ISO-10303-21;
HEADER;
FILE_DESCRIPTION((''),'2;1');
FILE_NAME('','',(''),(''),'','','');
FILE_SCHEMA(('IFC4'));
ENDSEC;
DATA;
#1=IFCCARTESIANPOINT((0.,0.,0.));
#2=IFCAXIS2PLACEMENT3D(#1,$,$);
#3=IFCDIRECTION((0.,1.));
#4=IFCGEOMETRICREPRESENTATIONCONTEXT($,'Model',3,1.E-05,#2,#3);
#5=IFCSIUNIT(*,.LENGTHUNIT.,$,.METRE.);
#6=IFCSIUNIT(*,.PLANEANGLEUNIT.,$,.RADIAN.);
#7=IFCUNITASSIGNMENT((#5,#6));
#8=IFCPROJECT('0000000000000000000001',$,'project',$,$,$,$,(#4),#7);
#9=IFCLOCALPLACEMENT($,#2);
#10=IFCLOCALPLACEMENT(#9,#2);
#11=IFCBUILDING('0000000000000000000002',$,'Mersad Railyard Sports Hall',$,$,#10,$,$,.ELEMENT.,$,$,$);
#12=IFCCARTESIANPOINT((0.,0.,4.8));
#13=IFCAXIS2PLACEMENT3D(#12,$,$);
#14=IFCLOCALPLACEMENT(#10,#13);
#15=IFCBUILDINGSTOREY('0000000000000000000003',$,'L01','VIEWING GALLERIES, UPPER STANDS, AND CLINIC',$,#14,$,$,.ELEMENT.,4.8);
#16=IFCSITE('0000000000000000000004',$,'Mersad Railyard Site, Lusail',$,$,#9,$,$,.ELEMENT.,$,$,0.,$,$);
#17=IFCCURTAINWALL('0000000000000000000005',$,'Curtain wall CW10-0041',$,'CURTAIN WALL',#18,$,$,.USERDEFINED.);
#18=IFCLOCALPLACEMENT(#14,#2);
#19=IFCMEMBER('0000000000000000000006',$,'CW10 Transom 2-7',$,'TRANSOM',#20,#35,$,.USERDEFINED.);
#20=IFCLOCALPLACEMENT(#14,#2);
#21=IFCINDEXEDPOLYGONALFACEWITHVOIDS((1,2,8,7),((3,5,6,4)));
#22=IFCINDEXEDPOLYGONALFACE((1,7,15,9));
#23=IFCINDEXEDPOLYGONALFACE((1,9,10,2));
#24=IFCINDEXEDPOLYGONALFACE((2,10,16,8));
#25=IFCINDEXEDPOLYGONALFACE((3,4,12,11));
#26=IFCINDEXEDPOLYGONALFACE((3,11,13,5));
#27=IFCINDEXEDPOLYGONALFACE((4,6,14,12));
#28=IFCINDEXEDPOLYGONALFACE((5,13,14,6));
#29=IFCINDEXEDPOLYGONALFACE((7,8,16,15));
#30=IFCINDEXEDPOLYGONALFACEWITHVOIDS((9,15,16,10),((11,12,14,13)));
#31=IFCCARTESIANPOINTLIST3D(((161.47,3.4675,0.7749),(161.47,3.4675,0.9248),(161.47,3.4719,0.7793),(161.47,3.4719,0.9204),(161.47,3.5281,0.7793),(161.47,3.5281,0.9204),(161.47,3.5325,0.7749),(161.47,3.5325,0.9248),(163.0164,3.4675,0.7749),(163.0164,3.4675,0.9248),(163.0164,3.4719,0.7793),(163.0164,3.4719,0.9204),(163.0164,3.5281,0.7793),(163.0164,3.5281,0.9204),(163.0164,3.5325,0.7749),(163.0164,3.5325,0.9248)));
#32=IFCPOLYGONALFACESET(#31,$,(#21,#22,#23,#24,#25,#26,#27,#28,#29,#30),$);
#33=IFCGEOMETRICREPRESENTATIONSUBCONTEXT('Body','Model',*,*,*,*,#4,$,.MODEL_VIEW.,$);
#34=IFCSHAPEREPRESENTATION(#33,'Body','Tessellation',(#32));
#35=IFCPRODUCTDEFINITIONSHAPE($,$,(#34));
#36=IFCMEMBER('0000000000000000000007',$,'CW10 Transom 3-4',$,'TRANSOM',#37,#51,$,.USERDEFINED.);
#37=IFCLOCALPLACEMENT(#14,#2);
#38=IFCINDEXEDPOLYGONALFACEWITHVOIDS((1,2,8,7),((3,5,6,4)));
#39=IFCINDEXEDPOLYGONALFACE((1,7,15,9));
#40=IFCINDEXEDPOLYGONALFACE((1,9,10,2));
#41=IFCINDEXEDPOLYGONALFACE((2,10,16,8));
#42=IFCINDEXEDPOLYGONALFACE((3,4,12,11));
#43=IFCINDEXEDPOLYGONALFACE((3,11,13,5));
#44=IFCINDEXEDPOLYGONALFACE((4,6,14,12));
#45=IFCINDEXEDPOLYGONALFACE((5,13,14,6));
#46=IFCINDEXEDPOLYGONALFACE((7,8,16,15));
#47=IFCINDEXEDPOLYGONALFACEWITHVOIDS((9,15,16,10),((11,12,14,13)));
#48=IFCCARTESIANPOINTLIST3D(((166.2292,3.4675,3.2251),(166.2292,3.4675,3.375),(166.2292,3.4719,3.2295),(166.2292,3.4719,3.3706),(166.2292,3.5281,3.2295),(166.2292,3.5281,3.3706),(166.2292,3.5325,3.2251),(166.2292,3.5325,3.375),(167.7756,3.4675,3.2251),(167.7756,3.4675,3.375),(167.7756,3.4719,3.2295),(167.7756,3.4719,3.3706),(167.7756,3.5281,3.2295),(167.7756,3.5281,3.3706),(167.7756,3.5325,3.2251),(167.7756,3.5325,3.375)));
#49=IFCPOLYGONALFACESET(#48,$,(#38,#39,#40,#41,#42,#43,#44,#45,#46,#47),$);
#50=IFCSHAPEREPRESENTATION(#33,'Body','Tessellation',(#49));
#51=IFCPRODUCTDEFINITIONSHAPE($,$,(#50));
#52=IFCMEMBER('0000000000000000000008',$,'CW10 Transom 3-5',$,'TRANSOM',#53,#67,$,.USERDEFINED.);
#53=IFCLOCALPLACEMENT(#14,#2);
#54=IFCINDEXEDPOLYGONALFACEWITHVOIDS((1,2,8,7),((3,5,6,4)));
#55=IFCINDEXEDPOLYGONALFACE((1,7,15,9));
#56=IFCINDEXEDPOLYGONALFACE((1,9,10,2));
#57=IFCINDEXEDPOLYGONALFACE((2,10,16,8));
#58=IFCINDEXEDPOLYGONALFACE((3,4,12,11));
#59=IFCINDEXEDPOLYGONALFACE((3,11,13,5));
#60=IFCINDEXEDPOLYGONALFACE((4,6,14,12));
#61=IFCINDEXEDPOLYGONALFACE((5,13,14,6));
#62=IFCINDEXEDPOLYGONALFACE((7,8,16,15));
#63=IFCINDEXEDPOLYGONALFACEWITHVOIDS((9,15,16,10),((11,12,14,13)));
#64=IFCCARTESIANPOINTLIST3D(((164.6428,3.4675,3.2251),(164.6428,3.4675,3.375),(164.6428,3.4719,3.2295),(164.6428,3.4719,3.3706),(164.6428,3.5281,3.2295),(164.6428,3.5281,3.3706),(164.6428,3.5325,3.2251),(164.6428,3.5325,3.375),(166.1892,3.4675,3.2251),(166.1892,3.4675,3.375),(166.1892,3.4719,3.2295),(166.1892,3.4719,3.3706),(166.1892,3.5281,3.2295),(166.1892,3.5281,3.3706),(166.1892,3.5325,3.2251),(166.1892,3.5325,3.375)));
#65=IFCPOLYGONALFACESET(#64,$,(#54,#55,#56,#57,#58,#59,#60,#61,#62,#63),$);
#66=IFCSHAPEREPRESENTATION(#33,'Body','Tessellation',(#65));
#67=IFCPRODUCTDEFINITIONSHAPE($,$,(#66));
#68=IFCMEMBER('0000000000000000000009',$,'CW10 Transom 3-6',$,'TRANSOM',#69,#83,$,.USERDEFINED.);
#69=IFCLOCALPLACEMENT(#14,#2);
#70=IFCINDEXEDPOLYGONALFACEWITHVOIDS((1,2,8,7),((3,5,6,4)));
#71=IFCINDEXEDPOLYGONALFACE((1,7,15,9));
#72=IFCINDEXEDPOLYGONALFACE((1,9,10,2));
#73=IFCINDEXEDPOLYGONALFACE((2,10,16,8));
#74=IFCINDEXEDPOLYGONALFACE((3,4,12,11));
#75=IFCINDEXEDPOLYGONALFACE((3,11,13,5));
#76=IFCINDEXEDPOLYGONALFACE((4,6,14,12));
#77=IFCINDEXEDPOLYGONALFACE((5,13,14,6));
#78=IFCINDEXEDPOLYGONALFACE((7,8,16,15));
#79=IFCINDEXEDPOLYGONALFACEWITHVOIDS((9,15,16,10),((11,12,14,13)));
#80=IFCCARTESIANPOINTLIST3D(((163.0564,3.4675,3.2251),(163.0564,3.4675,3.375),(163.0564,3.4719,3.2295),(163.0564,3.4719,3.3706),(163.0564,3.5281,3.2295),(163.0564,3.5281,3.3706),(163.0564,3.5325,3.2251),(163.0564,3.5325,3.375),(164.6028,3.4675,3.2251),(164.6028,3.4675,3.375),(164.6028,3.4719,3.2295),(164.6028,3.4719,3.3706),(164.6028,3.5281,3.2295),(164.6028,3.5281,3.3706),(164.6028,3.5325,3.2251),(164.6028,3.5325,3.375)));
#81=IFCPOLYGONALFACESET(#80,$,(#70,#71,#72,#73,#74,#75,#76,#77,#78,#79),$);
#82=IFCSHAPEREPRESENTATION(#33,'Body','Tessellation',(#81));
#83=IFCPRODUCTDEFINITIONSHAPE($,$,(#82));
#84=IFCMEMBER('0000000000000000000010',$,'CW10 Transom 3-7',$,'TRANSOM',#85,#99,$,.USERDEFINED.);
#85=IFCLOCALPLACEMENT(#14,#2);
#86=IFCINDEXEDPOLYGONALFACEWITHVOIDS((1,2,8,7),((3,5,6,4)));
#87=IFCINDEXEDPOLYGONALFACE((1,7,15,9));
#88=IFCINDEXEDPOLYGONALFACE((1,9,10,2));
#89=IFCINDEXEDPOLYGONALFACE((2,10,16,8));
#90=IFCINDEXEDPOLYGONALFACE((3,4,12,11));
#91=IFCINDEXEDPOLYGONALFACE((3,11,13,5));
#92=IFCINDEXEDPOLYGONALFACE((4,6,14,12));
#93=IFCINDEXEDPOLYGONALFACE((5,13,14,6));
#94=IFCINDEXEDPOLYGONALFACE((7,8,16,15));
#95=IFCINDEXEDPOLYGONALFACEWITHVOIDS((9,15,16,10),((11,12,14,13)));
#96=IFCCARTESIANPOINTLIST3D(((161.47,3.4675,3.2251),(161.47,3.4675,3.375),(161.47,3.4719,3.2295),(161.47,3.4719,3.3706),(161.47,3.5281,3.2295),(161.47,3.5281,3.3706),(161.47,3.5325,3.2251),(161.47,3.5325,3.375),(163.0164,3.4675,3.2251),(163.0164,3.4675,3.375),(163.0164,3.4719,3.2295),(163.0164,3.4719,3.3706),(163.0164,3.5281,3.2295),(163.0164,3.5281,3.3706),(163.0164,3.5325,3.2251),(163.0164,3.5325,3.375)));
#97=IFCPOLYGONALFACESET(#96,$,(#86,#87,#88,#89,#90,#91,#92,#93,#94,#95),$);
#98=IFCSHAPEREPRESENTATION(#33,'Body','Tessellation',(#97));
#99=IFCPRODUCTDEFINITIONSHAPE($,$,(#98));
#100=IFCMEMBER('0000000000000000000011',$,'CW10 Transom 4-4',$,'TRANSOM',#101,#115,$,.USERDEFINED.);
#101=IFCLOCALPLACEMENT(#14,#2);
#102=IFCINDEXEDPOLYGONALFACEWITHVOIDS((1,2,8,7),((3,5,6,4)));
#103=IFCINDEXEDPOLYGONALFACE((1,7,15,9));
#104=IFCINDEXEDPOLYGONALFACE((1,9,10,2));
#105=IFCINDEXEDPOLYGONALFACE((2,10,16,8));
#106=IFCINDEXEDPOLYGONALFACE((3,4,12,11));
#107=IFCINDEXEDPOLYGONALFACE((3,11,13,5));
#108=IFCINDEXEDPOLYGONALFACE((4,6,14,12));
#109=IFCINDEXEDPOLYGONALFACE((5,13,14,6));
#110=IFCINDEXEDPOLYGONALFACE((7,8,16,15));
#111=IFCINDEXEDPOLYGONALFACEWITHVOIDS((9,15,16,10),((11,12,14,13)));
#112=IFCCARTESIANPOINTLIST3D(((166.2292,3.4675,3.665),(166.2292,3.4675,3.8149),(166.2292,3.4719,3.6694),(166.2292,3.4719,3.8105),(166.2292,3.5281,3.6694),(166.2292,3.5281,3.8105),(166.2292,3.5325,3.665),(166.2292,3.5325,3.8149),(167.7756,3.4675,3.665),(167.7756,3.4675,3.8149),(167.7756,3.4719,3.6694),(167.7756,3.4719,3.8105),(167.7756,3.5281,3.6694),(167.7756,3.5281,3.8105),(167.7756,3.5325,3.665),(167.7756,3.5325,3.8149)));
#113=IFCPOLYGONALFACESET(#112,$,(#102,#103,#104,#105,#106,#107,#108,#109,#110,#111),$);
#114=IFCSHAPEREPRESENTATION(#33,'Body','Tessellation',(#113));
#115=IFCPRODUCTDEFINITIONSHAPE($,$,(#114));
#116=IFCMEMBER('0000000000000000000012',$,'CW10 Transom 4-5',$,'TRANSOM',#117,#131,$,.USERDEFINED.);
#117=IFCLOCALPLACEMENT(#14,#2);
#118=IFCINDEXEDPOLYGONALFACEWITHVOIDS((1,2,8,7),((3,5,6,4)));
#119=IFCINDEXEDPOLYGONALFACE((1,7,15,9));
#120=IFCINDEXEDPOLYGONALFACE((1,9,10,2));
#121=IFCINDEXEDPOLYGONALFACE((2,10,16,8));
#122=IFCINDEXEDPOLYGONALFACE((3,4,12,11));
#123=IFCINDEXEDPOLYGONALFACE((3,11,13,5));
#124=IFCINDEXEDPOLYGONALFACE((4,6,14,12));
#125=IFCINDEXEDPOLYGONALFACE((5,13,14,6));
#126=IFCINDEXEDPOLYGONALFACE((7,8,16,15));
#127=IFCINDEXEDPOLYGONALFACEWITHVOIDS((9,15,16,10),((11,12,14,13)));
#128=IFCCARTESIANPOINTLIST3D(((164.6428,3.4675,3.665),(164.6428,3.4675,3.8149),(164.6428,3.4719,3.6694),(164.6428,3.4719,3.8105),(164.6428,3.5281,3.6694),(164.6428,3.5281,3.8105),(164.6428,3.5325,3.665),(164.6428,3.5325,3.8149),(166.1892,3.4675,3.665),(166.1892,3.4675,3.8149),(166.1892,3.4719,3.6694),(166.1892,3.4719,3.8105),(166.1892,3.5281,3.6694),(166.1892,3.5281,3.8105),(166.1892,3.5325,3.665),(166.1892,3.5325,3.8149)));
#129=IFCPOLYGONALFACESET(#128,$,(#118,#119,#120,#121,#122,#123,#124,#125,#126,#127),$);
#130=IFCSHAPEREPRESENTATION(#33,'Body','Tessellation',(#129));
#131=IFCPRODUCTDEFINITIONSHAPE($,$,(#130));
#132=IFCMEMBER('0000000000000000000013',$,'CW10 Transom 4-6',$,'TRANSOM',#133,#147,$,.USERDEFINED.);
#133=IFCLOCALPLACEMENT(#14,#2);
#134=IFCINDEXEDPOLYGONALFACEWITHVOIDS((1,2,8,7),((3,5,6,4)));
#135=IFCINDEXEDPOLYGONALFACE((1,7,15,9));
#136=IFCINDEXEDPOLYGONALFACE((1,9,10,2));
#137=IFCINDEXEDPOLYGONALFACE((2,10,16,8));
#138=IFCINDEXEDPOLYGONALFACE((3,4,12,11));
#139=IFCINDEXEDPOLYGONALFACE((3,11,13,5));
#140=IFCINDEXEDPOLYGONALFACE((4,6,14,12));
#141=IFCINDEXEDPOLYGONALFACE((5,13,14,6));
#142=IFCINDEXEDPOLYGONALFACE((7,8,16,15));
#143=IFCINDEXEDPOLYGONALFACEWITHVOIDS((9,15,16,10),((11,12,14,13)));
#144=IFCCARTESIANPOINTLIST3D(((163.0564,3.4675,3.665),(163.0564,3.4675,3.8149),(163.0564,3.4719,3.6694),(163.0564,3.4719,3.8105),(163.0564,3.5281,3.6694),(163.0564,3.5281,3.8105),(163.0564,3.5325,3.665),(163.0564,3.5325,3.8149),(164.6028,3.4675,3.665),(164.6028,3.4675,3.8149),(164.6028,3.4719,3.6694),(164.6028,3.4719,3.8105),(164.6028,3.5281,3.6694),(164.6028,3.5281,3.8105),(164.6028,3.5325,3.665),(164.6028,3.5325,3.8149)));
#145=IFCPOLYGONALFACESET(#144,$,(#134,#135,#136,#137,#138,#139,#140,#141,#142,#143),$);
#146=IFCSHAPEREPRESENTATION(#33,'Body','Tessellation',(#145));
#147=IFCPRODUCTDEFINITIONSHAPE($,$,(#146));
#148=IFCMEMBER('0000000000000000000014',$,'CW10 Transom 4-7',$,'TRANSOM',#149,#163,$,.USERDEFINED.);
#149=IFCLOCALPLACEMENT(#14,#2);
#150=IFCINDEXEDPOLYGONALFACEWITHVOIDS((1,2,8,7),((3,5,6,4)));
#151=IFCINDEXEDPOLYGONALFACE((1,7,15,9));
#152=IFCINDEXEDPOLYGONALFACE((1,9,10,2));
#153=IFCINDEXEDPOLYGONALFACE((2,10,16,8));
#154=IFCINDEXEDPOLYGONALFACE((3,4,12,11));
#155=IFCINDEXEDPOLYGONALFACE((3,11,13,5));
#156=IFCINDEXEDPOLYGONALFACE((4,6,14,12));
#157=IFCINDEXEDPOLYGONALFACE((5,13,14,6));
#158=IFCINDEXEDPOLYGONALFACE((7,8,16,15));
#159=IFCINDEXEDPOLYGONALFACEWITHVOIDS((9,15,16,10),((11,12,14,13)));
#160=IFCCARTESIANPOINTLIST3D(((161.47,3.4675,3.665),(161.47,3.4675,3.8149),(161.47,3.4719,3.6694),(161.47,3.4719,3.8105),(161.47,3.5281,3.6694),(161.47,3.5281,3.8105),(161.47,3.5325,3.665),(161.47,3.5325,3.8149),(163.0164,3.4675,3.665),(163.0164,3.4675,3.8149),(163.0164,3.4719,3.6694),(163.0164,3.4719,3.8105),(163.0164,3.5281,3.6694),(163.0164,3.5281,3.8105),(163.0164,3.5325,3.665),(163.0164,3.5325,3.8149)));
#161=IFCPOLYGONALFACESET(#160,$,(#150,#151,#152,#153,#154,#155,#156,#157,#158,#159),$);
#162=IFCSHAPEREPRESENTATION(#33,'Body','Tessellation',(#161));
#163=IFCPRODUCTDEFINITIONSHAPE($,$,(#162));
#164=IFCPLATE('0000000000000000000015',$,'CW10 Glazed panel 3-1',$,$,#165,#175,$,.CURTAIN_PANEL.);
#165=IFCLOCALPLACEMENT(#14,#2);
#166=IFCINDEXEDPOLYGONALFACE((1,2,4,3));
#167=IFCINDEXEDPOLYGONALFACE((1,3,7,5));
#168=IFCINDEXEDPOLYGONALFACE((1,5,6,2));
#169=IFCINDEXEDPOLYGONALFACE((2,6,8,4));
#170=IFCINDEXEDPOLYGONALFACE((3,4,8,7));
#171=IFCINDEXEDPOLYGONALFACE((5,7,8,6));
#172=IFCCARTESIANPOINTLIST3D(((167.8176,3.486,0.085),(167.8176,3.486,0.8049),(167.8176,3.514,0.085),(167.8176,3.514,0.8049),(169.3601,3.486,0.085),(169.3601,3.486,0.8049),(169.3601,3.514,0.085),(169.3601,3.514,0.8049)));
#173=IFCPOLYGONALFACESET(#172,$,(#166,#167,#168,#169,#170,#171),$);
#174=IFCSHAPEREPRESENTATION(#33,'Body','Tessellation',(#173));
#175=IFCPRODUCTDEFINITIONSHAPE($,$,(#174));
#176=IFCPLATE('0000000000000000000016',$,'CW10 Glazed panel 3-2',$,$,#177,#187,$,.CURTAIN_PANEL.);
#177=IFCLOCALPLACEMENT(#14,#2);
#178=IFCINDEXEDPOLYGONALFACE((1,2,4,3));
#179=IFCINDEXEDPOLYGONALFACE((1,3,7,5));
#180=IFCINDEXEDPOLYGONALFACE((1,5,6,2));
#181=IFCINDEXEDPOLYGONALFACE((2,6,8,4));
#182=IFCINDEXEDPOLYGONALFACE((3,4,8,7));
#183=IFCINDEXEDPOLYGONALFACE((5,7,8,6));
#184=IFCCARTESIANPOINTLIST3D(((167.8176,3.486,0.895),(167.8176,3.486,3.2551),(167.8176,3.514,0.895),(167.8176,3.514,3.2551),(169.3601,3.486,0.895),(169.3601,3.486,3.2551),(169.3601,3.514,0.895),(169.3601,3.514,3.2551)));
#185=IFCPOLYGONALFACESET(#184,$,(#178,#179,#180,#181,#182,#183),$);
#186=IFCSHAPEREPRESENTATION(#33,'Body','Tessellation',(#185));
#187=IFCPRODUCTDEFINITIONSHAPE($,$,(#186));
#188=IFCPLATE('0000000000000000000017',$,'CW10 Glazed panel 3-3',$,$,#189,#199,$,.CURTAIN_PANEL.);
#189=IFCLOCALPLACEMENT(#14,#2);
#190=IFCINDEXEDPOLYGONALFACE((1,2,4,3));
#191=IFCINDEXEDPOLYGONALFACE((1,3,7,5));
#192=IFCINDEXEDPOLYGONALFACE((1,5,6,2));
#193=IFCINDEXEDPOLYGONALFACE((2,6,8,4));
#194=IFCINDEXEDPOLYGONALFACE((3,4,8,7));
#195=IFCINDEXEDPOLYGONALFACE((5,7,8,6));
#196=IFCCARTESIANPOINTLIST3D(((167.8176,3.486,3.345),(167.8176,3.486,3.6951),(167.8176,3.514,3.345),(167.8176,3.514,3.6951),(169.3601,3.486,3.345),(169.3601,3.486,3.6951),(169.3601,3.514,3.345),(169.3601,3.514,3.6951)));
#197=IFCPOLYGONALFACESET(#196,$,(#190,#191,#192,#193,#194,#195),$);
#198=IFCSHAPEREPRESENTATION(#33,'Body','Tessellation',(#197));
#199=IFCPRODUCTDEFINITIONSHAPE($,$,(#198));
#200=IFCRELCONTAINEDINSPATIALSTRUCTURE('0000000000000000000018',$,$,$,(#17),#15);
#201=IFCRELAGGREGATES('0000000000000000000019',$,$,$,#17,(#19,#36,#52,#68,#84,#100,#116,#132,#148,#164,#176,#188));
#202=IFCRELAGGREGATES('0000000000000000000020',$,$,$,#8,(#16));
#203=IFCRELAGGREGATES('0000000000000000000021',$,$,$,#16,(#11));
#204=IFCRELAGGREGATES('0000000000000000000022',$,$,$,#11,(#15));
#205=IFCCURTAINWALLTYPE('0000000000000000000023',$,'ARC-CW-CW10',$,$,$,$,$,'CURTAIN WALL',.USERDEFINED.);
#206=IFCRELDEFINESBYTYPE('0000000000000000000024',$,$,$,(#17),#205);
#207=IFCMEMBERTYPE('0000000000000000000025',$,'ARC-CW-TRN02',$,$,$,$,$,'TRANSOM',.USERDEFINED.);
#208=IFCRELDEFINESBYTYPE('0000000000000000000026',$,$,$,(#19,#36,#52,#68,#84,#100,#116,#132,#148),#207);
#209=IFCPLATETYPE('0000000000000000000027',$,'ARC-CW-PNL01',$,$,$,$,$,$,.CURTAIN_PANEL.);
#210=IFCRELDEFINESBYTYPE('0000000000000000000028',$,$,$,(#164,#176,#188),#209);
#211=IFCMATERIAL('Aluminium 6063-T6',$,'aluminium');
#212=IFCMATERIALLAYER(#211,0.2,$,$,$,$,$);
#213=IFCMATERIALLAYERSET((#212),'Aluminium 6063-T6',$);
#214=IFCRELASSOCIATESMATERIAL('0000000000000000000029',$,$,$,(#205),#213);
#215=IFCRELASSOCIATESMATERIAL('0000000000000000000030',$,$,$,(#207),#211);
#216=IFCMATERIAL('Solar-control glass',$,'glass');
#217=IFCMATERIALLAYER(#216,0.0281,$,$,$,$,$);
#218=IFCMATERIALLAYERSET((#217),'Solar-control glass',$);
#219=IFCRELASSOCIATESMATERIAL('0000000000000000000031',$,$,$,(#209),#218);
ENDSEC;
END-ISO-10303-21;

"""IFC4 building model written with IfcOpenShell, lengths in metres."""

from ifc_helpers import new_model, si_unit, direction, frame, origin, origin_2d, place, context, subcontext, project, spatial, rectangle, hollow_rectangle, extrude, material, layer, layer_set, material_profile, profile_set, type_object, element, aggregate, save


model = new_model("IFC4")

# Units and contexts
model_context = context("Model", 3, precision=1e-05, world=origin(), true_north=direction((0.0, 1.0)))
body_context = subcontext(model_context, "Body", "Model", "MODEL_VIEW")
ifc_project = project(units=[si_unit("LENGTHUNIT", "METRE"), si_unit("PLANEANGLEUNIT", "RADIAN")], contexts=[model_context])

# Site, building, storey
site_placement = place(None, origin())
site = spatial("IfcSite", under=ifc_project, at=site_placement, Name="Mersad Railyard Site, Lusail", CompositionType="ELEMENT", RefElevation=0.0)
building_placement = place(site_placement, origin())
building = spatial("IfcBuilding", under=site, at=building_placement, Name="Mersad Railyard Sports Hall", CompositionType="ELEMENT")
storey_placement = place(building_placement, frame((0.0, 0.0, 4.8)))
storey = spatial("IfcBuildingStorey", under=building, at=storey_placement, Name="L01", Description="VIEWING GALLERIES, UPPER STANDS, AND CLINIC", CompositionType="ELEMENT", Elevation=4.8)

# Curtain wall, members, plates
ifc_material_1 = material(Name="Aluminium 6063-T6", Category="aluminium")
ifc_layer_1 = layer(ifc_material_1, 0.2)
ifc_layer_set_1 = layer_set([ifc_layer_1], Name="Aluminium 6063-T6")
curtain_wall_type = type_object("IfcCurtainWallType", Name="ARC-CW-CW10", ElementType="CURTAIN WALL", PredefinedType="USERDEFINED", material=ifc_layer_set_1)
curtain_wall_placement = place(storey_placement, origin())
curtain_wall = element("IfcCurtainWall", 1, at=curtain_wall_placement, inside=storey, type_object=curtain_wall_type, Name="Curtain wall CW10-0041", ObjectType="CURTAIN WALL", PredefinedType="USERDEFINED")
ifc_material_profile_1 = material_profile(ifc_material_1, hollow_rectangle(XDim=0.0649, YDim=0.1499, WallThickness=0.0044, at=origin_2d()), Name="AL TRANSOM 65x150x4.5")
ifc_profile_set_1 = profile_set([ifc_material_profile_1], Name="Aluminium 6063-T6")
member_type_1 = type_object("IfcMemberType", Name="ARC-CW-TRN02", ElementType="TRANSOM", PredefinedType="USERDEFINED", material=ifc_profile_set_1)
member_1_placement = place(storey_placement, frame((163.0164, 3.5, 0.8499), z_axis=(-1.0, 0.0, 0.0), x_axis=(0.0, -1.0, 0.0)))
member_1 = element("IfcMember", 2, at=member_1_placement, type_object=member_type_1, Name="CW10 Transom 2-7", ObjectType="TRANSOM", PredefinedType="USERDEFINED", context=body_context, shape_type="SweptSolid", body=[
    extrude(hollow_rectangle(XDim=0.0649, YDim=0.1499, WallThickness=0.0044, at=origin_2d()), origin(), (0.0, 0.0, 1.0), 1.5464),
])
member_2_placement = place(storey_placement, frame((167.7756, 3.5, 3.3), z_axis=(-1.0, 0.0, 0.0), x_axis=(0.0, -1.0, 0.0)))
member_2 = element("IfcMember", 3, at=member_2_placement, type_object=member_type_1, Name="CW10 Transom 3-4", ObjectType="TRANSOM", PredefinedType="USERDEFINED", context=body_context, shape_type="SweptSolid", body=[
    extrude(hollow_rectangle(XDim=0.0649, YDim=0.1499, WallThickness=0.0044, at=origin_2d()), origin(), (0.0, 0.0, 1.0), 1.5464),
])
member_3_placement = place(storey_placement, frame((166.1892, 3.5, 3.3), z_axis=(-1.0, 0.0, 0.0), x_axis=(0.0, -1.0, 0.0)))
member_3 = element("IfcMember", 4, at=member_3_placement, type_object=member_type_1, Name="CW10 Transom 3-5", ObjectType="TRANSOM", PredefinedType="USERDEFINED", context=body_context, shape_type="SweptSolid", body=[
    extrude(hollow_rectangle(XDim=0.0649, YDim=0.1499, WallThickness=0.0044, at=origin_2d()), origin(), (0.0, 0.0, 1.0), 1.5464),
])
member_4_placement = place(storey_placement, frame((164.6028, 3.5, 3.3), z_axis=(-1.0, 0.0, 0.0), x_axis=(0.0, -1.0, 0.0)))
member_4 = element("IfcMember", 5, at=member_4_placement, type_object=member_type_1, Name="CW10 Transom 3-6", ObjectType="TRANSOM", PredefinedType="USERDEFINED", context=body_context, shape_type="SweptSolid", body=[
    extrude(hollow_rectangle(XDim=0.0649, YDim=0.1499, WallThickness=0.0044, at=origin_2d()), origin(), (0.0, 0.0, 1.0), 1.5464),
])
member_5_placement = place(storey_placement, frame((163.0164, 3.5, 3.3), z_axis=(-1.0, 0.0, 0.0), x_axis=(0.0, -1.0, 0.0)))
member_5 = element("IfcMember", 6, at=member_5_placement, type_object=member_type_1, Name="CW10 Transom 3-7", ObjectType="TRANSOM", PredefinedType="USERDEFINED", context=body_context, shape_type="SweptSolid", body=[
    extrude(hollow_rectangle(XDim=0.0649, YDim=0.1499, WallThickness=0.0044, at=origin_2d()), origin(), (0.0, 0.0, 1.0), 1.5464),
])
member_6_placement = place(storey_placement, frame((167.7756, 3.5, 3.74), z_axis=(-1.0, 0.0, 0.0), x_axis=(0.0, -1.0, 0.0)))
member_6 = element("IfcMember", 7, at=member_6_placement, type_object=member_type_1, Name="CW10 Transom 4-4", ObjectType="TRANSOM", PredefinedType="USERDEFINED", context=body_context, shape_type="SweptSolid", body=[
    extrude(hollow_rectangle(XDim=0.0649, YDim=0.1499, WallThickness=0.0044, at=origin_2d()), origin(), (0.0, 0.0, 1.0), 1.5464),
])
member_7_placement = place(storey_placement, frame((166.1892, 3.5, 3.74), z_axis=(-1.0, 0.0, 0.0), x_axis=(0.0, -1.0, 0.0)))
member_7 = element("IfcMember", 8, at=member_7_placement, type_object=member_type_1, Name="CW10 Transom 4-5", ObjectType="TRANSOM", PredefinedType="USERDEFINED", context=body_context, shape_type="SweptSolid", body=[
    extrude(hollow_rectangle(XDim=0.0649, YDim=0.1499, WallThickness=0.0044, at=origin_2d()), origin(), (0.0, 0.0, 1.0), 1.5464),
])
member_8_placement = place(storey_placement, frame((164.6028, 3.5, 3.74), z_axis=(-1.0, 0.0, 0.0), x_axis=(0.0, -1.0, 0.0)))
member_8 = element("IfcMember", 9, at=member_8_placement, type_object=member_type_1, Name="CW10 Transom 4-6", ObjectType="TRANSOM", PredefinedType="USERDEFINED", context=body_context, shape_type="SweptSolid", body=[
    extrude(hollow_rectangle(XDim=0.0649, YDim=0.1499, WallThickness=0.0044, at=origin_2d()), origin(), (0.0, 0.0, 1.0), 1.5464),
])
member_9_placement = place(storey_placement, frame((163.0164, 3.5, 3.74), z_axis=(-1.0, 0.0, 0.0), x_axis=(0.0, -1.0, 0.0)))
member_9 = element("IfcMember", 10, at=member_9_placement, type_object=member_type_1, Name="CW10 Transom 4-7", ObjectType="TRANSOM", PredefinedType="USERDEFINED", context=body_context, shape_type="SweptSolid", body=[
    extrude(hollow_rectangle(XDim=0.0649, YDim=0.1499, WallThickness=0.0044, at=origin_2d()), origin(), (0.0, 0.0, 1.0), 1.5464),
])
ifc_material_2 = material(Name="Solar-control glass", Category="glass")
ifc_layer_2 = layer(ifc_material_2, 0.0281)
ifc_layer_set_2 = layer_set([ifc_layer_2], Name="Solar-control glass")
plate_type = type_object("IfcPlateType", Name="ARC-CW-PNL01", PredefinedType="CURTAIN_PANEL", material=ifc_layer_set_2)
plate_1_placement = place(storey_placement, frame((168.5889, 3.5, 0.085), z_axis=(0.0, 0.0, 1.0), x_axis=(-1.0, 0.0, 0.0)))
plate_1 = element("IfcPlate", 11, at=plate_1_placement, type_object=plate_type, Name="CW10 Glazed panel 3-1", PredefinedType="CURTAIN_PANEL", context=body_context, shape_type="SweptSolid", body=[
    extrude(rectangle(XDim=1.5425, YDim=0.0281, at=origin_2d()), origin(), (0.0, 0.0, 1.0), 0.72),
])
plate_2_placement = place(storey_placement, frame((168.5889, 3.5, 0.895), z_axis=(0.0, 0.0, 1.0), x_axis=(-1.0, 0.0, 0.0)))
plate_2 = element("IfcPlate", 12, at=plate_2_placement, type_object=plate_type, Name="CW10 Glazed panel 3-2", PredefinedType="CURTAIN_PANEL", context=body_context, shape_type="SweptSolid", body=[
    extrude(rectangle(XDim=1.5425, YDim=0.0281, at=origin_2d()), origin(), (0.0, 0.0, 1.0), 2.3601),
])
plate_3_placement = place(storey_placement, frame((168.5889, 3.5, 3.345), z_axis=(0.0, 0.0, 1.0), x_axis=(-1.0, 0.0, 0.0)))
plate_3 = element("IfcPlate", 13, at=plate_3_placement, type_object=plate_type, Name="CW10 Glazed panel 3-3", PredefinedType="CURTAIN_PANEL", context=body_context, shape_type="SweptSolid", body=[
    extrude(rectangle(XDim=1.5425, YDim=0.0281, at=origin_2d()), origin(), (0.0, 0.0, 1.0), 0.3501),
])
aggregate(curtain_wall, [member_1, member_2, member_3, member_4, member_5, member_6, member_7, member_8, member_9, plate_1, plate_2, plate_3])

save(model, "model.ifc")
